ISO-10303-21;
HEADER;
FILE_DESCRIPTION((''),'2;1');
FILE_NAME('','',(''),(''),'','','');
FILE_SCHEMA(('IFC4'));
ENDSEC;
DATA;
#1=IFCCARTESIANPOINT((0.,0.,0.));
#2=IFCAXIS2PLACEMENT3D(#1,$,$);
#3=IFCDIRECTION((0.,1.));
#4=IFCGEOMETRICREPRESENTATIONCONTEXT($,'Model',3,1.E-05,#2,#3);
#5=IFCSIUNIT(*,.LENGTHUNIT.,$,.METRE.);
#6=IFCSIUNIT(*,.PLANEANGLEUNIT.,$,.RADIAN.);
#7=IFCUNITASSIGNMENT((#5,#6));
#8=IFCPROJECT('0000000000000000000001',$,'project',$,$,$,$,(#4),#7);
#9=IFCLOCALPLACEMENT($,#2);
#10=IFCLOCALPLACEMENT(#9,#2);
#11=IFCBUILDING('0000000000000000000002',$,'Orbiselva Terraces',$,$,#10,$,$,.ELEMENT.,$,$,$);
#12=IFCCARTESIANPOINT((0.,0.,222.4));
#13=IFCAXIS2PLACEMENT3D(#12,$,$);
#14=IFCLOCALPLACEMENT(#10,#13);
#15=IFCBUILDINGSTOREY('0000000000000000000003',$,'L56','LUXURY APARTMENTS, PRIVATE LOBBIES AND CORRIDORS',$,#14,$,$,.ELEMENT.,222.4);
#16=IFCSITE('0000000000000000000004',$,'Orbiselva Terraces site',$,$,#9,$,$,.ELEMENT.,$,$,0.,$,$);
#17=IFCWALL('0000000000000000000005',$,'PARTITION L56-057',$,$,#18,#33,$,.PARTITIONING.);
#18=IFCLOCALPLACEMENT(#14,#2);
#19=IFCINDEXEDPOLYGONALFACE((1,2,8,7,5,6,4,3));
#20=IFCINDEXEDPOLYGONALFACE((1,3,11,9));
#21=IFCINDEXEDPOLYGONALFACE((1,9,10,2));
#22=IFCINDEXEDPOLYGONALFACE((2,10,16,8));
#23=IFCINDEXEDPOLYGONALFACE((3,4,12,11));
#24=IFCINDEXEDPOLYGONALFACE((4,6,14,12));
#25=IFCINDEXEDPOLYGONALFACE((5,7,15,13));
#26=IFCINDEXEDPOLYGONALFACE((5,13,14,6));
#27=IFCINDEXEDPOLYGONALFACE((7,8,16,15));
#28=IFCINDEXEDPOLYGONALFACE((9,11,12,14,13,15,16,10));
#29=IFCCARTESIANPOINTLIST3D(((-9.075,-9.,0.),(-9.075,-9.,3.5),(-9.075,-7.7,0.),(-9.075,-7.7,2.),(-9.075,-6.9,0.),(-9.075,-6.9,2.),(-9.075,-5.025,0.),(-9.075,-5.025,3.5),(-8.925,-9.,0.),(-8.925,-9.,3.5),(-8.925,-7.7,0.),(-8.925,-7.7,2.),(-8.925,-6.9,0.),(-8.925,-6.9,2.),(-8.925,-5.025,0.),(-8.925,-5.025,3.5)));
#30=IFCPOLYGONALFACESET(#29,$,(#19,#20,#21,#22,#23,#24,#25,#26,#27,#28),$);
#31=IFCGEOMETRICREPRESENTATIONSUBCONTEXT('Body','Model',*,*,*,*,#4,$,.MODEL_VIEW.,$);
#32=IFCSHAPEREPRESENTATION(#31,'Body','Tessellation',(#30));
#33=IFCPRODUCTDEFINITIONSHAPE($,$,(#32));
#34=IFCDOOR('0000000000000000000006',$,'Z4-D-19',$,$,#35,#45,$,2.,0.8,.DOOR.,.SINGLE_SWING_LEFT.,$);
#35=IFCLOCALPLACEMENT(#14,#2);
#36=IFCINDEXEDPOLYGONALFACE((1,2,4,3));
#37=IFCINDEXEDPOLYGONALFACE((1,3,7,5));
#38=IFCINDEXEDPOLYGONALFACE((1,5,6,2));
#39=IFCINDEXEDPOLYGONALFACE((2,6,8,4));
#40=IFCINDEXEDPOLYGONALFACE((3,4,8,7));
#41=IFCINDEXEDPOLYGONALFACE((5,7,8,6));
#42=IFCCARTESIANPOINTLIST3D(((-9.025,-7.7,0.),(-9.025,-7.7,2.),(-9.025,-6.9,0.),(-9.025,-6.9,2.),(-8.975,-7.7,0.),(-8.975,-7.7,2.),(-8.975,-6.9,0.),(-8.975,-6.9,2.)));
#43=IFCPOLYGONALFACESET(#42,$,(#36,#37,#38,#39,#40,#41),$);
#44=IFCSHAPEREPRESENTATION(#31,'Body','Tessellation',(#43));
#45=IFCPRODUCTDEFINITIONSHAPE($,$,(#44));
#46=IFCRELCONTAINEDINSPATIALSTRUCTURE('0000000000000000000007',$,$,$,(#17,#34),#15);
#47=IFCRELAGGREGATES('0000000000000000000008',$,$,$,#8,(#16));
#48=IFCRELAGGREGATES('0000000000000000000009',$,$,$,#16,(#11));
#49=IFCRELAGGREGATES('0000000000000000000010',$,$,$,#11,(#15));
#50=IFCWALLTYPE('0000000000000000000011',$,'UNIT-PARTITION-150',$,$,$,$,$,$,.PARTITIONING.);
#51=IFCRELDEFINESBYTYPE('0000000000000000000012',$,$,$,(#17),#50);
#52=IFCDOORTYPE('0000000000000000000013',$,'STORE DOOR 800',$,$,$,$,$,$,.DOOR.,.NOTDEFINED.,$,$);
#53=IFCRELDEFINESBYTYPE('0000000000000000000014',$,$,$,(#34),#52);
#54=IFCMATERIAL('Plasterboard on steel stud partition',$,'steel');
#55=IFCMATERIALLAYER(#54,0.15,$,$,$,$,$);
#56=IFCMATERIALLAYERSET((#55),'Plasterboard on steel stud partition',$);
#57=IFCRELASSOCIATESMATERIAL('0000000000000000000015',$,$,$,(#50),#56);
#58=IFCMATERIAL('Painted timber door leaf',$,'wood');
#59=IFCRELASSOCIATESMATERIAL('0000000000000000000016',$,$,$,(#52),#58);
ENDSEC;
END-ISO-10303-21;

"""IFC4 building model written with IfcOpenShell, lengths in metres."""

from ifc_helpers import new_model, si_unit, direction, frame, frame_2d, origin, place, context, subcontext, project, spatial, rectangle, extrude, material, layer, layer_set, type_object, element, fill, save


model = new_model("IFC4")

# Units and contexts
model_context = context("Model", 3, precision=1e-05, world=origin(), true_north=direction((0.0, 1.0)))
body_context = subcontext(model_context, "Body", "Model", "MODEL_VIEW")
ifc_project = project(units=[si_unit("LENGTHUNIT", "METRE"), si_unit("PLANEANGLEUNIT", "RADIAN")], contexts=[model_context])

# Site, building, storey
site_placement = place(None, origin())
site = spatial("IfcSite", under=ifc_project, at=site_placement, Name="Orbiselva Terraces site", CompositionType="ELEMENT", RefElevation=0.0)
building_placement = place(site_placement, origin())
building = spatial("IfcBuilding", under=site, at=building_placement, Name="Orbiselva Terraces", CompositionType="ELEMENT")
storey_placement = place(building_placement, frame((0.0, 0.0, 222.4)))
storey = spatial("IfcBuildingStorey", under=building, at=storey_placement, Name="L56", Description="LUXURY APARTMENTS, PRIVATE LOBBIES AND CORRIDORS", CompositionType="ELEMENT", Elevation=222.4)

# Shared definitions
ifc_material_1 = material(Name="Plasterboard on steel stud partition", Category="steel")
ifc_material_2 = material(Name="Painted timber door leaf", Category="wood")

# Shared definitions
ifc_layer_1 = layer(ifc_material_1, 0.15)
ifc_layer_set_1 = layer_set([ifc_layer_1], Name="Plasterboard on steel stud partition")
wall_type_1 = type_object("IfcWallType", Name="UNIT-PARTITION-150", PredefinedType="PARTITIONING", material=ifc_layer_set_1)

# Shared definitions
door_type_1 = type_object("IfcDoorType", Name="STORE DOOR 800", OperationType="NOTDEFINED", PredefinedType="DOOR", material=ifc_material_2)

# Wall, opening, door
wall_1_placement = place(storey_placement, frame((-9.0, -9.0, 0.0), z_axis=(0.0, 0.0, 1.0), x_axis=(0.0, 1.0, 0.0)))
wall_1 = element("IfcWall", 1, at=wall_1_placement, inside=storey, type_object=wall_type_1, Name="PARTITION L56-057", PredefinedType="PARTITIONING", context=body_context, shape_type="SweptSolid", body=[
    extrude(rectangle(XDim=3.975, YDim=0.15, at=frame_2d((1.9875, 0.0))), origin(), (0.0, 0.0, 1.0), 3.5),
])
opening_1_placement = place(wall_1_placement, frame((1.3, 0.0, 0.0)))
opening_1 = element("IfcOpeningElement", 2, at=opening_1_placement, cuts=wall_1, PredefinedType="OPENING", context=body_context, shape_type="SweptSolid", body=[
    extrude(rectangle(XDim=0.8, YDim=2.0, at=frame_2d((0.4, 1.0))), frame((0.0, 0.085, 0.0), z_axis=(0.0, -1.0, 0.0), x_axis=(1.0, 0.0, 0.0)), (0.0, 0.0, 1.0), 0.17),
])
door_1_placement = place(opening_1_placement, origin())
door_1 = element("IfcDoor", 3, at=door_1_placement, inside=storey, type_object=door_type_1, Name="Z4-D-19", OperationType="SINGLE_SWING_LEFT", OverallHeight=2.0, OverallWidth=0.8, PredefinedType="DOOR", context=body_context, shape_type="SweptSolid", body=[
    extrude(rectangle(XDim=0.8, YDim=2.0, at=frame_2d((0.4, 1.0))), frame((0.0, 0.025, 0.0), z_axis=(0.0, -1.0, 0.0), x_axis=(1.0, 0.0, 0.0)), (0.0, 0.0, 1.0), 0.05),
])
fill(opening_1, door_1)

save(model, "model.ifc")
